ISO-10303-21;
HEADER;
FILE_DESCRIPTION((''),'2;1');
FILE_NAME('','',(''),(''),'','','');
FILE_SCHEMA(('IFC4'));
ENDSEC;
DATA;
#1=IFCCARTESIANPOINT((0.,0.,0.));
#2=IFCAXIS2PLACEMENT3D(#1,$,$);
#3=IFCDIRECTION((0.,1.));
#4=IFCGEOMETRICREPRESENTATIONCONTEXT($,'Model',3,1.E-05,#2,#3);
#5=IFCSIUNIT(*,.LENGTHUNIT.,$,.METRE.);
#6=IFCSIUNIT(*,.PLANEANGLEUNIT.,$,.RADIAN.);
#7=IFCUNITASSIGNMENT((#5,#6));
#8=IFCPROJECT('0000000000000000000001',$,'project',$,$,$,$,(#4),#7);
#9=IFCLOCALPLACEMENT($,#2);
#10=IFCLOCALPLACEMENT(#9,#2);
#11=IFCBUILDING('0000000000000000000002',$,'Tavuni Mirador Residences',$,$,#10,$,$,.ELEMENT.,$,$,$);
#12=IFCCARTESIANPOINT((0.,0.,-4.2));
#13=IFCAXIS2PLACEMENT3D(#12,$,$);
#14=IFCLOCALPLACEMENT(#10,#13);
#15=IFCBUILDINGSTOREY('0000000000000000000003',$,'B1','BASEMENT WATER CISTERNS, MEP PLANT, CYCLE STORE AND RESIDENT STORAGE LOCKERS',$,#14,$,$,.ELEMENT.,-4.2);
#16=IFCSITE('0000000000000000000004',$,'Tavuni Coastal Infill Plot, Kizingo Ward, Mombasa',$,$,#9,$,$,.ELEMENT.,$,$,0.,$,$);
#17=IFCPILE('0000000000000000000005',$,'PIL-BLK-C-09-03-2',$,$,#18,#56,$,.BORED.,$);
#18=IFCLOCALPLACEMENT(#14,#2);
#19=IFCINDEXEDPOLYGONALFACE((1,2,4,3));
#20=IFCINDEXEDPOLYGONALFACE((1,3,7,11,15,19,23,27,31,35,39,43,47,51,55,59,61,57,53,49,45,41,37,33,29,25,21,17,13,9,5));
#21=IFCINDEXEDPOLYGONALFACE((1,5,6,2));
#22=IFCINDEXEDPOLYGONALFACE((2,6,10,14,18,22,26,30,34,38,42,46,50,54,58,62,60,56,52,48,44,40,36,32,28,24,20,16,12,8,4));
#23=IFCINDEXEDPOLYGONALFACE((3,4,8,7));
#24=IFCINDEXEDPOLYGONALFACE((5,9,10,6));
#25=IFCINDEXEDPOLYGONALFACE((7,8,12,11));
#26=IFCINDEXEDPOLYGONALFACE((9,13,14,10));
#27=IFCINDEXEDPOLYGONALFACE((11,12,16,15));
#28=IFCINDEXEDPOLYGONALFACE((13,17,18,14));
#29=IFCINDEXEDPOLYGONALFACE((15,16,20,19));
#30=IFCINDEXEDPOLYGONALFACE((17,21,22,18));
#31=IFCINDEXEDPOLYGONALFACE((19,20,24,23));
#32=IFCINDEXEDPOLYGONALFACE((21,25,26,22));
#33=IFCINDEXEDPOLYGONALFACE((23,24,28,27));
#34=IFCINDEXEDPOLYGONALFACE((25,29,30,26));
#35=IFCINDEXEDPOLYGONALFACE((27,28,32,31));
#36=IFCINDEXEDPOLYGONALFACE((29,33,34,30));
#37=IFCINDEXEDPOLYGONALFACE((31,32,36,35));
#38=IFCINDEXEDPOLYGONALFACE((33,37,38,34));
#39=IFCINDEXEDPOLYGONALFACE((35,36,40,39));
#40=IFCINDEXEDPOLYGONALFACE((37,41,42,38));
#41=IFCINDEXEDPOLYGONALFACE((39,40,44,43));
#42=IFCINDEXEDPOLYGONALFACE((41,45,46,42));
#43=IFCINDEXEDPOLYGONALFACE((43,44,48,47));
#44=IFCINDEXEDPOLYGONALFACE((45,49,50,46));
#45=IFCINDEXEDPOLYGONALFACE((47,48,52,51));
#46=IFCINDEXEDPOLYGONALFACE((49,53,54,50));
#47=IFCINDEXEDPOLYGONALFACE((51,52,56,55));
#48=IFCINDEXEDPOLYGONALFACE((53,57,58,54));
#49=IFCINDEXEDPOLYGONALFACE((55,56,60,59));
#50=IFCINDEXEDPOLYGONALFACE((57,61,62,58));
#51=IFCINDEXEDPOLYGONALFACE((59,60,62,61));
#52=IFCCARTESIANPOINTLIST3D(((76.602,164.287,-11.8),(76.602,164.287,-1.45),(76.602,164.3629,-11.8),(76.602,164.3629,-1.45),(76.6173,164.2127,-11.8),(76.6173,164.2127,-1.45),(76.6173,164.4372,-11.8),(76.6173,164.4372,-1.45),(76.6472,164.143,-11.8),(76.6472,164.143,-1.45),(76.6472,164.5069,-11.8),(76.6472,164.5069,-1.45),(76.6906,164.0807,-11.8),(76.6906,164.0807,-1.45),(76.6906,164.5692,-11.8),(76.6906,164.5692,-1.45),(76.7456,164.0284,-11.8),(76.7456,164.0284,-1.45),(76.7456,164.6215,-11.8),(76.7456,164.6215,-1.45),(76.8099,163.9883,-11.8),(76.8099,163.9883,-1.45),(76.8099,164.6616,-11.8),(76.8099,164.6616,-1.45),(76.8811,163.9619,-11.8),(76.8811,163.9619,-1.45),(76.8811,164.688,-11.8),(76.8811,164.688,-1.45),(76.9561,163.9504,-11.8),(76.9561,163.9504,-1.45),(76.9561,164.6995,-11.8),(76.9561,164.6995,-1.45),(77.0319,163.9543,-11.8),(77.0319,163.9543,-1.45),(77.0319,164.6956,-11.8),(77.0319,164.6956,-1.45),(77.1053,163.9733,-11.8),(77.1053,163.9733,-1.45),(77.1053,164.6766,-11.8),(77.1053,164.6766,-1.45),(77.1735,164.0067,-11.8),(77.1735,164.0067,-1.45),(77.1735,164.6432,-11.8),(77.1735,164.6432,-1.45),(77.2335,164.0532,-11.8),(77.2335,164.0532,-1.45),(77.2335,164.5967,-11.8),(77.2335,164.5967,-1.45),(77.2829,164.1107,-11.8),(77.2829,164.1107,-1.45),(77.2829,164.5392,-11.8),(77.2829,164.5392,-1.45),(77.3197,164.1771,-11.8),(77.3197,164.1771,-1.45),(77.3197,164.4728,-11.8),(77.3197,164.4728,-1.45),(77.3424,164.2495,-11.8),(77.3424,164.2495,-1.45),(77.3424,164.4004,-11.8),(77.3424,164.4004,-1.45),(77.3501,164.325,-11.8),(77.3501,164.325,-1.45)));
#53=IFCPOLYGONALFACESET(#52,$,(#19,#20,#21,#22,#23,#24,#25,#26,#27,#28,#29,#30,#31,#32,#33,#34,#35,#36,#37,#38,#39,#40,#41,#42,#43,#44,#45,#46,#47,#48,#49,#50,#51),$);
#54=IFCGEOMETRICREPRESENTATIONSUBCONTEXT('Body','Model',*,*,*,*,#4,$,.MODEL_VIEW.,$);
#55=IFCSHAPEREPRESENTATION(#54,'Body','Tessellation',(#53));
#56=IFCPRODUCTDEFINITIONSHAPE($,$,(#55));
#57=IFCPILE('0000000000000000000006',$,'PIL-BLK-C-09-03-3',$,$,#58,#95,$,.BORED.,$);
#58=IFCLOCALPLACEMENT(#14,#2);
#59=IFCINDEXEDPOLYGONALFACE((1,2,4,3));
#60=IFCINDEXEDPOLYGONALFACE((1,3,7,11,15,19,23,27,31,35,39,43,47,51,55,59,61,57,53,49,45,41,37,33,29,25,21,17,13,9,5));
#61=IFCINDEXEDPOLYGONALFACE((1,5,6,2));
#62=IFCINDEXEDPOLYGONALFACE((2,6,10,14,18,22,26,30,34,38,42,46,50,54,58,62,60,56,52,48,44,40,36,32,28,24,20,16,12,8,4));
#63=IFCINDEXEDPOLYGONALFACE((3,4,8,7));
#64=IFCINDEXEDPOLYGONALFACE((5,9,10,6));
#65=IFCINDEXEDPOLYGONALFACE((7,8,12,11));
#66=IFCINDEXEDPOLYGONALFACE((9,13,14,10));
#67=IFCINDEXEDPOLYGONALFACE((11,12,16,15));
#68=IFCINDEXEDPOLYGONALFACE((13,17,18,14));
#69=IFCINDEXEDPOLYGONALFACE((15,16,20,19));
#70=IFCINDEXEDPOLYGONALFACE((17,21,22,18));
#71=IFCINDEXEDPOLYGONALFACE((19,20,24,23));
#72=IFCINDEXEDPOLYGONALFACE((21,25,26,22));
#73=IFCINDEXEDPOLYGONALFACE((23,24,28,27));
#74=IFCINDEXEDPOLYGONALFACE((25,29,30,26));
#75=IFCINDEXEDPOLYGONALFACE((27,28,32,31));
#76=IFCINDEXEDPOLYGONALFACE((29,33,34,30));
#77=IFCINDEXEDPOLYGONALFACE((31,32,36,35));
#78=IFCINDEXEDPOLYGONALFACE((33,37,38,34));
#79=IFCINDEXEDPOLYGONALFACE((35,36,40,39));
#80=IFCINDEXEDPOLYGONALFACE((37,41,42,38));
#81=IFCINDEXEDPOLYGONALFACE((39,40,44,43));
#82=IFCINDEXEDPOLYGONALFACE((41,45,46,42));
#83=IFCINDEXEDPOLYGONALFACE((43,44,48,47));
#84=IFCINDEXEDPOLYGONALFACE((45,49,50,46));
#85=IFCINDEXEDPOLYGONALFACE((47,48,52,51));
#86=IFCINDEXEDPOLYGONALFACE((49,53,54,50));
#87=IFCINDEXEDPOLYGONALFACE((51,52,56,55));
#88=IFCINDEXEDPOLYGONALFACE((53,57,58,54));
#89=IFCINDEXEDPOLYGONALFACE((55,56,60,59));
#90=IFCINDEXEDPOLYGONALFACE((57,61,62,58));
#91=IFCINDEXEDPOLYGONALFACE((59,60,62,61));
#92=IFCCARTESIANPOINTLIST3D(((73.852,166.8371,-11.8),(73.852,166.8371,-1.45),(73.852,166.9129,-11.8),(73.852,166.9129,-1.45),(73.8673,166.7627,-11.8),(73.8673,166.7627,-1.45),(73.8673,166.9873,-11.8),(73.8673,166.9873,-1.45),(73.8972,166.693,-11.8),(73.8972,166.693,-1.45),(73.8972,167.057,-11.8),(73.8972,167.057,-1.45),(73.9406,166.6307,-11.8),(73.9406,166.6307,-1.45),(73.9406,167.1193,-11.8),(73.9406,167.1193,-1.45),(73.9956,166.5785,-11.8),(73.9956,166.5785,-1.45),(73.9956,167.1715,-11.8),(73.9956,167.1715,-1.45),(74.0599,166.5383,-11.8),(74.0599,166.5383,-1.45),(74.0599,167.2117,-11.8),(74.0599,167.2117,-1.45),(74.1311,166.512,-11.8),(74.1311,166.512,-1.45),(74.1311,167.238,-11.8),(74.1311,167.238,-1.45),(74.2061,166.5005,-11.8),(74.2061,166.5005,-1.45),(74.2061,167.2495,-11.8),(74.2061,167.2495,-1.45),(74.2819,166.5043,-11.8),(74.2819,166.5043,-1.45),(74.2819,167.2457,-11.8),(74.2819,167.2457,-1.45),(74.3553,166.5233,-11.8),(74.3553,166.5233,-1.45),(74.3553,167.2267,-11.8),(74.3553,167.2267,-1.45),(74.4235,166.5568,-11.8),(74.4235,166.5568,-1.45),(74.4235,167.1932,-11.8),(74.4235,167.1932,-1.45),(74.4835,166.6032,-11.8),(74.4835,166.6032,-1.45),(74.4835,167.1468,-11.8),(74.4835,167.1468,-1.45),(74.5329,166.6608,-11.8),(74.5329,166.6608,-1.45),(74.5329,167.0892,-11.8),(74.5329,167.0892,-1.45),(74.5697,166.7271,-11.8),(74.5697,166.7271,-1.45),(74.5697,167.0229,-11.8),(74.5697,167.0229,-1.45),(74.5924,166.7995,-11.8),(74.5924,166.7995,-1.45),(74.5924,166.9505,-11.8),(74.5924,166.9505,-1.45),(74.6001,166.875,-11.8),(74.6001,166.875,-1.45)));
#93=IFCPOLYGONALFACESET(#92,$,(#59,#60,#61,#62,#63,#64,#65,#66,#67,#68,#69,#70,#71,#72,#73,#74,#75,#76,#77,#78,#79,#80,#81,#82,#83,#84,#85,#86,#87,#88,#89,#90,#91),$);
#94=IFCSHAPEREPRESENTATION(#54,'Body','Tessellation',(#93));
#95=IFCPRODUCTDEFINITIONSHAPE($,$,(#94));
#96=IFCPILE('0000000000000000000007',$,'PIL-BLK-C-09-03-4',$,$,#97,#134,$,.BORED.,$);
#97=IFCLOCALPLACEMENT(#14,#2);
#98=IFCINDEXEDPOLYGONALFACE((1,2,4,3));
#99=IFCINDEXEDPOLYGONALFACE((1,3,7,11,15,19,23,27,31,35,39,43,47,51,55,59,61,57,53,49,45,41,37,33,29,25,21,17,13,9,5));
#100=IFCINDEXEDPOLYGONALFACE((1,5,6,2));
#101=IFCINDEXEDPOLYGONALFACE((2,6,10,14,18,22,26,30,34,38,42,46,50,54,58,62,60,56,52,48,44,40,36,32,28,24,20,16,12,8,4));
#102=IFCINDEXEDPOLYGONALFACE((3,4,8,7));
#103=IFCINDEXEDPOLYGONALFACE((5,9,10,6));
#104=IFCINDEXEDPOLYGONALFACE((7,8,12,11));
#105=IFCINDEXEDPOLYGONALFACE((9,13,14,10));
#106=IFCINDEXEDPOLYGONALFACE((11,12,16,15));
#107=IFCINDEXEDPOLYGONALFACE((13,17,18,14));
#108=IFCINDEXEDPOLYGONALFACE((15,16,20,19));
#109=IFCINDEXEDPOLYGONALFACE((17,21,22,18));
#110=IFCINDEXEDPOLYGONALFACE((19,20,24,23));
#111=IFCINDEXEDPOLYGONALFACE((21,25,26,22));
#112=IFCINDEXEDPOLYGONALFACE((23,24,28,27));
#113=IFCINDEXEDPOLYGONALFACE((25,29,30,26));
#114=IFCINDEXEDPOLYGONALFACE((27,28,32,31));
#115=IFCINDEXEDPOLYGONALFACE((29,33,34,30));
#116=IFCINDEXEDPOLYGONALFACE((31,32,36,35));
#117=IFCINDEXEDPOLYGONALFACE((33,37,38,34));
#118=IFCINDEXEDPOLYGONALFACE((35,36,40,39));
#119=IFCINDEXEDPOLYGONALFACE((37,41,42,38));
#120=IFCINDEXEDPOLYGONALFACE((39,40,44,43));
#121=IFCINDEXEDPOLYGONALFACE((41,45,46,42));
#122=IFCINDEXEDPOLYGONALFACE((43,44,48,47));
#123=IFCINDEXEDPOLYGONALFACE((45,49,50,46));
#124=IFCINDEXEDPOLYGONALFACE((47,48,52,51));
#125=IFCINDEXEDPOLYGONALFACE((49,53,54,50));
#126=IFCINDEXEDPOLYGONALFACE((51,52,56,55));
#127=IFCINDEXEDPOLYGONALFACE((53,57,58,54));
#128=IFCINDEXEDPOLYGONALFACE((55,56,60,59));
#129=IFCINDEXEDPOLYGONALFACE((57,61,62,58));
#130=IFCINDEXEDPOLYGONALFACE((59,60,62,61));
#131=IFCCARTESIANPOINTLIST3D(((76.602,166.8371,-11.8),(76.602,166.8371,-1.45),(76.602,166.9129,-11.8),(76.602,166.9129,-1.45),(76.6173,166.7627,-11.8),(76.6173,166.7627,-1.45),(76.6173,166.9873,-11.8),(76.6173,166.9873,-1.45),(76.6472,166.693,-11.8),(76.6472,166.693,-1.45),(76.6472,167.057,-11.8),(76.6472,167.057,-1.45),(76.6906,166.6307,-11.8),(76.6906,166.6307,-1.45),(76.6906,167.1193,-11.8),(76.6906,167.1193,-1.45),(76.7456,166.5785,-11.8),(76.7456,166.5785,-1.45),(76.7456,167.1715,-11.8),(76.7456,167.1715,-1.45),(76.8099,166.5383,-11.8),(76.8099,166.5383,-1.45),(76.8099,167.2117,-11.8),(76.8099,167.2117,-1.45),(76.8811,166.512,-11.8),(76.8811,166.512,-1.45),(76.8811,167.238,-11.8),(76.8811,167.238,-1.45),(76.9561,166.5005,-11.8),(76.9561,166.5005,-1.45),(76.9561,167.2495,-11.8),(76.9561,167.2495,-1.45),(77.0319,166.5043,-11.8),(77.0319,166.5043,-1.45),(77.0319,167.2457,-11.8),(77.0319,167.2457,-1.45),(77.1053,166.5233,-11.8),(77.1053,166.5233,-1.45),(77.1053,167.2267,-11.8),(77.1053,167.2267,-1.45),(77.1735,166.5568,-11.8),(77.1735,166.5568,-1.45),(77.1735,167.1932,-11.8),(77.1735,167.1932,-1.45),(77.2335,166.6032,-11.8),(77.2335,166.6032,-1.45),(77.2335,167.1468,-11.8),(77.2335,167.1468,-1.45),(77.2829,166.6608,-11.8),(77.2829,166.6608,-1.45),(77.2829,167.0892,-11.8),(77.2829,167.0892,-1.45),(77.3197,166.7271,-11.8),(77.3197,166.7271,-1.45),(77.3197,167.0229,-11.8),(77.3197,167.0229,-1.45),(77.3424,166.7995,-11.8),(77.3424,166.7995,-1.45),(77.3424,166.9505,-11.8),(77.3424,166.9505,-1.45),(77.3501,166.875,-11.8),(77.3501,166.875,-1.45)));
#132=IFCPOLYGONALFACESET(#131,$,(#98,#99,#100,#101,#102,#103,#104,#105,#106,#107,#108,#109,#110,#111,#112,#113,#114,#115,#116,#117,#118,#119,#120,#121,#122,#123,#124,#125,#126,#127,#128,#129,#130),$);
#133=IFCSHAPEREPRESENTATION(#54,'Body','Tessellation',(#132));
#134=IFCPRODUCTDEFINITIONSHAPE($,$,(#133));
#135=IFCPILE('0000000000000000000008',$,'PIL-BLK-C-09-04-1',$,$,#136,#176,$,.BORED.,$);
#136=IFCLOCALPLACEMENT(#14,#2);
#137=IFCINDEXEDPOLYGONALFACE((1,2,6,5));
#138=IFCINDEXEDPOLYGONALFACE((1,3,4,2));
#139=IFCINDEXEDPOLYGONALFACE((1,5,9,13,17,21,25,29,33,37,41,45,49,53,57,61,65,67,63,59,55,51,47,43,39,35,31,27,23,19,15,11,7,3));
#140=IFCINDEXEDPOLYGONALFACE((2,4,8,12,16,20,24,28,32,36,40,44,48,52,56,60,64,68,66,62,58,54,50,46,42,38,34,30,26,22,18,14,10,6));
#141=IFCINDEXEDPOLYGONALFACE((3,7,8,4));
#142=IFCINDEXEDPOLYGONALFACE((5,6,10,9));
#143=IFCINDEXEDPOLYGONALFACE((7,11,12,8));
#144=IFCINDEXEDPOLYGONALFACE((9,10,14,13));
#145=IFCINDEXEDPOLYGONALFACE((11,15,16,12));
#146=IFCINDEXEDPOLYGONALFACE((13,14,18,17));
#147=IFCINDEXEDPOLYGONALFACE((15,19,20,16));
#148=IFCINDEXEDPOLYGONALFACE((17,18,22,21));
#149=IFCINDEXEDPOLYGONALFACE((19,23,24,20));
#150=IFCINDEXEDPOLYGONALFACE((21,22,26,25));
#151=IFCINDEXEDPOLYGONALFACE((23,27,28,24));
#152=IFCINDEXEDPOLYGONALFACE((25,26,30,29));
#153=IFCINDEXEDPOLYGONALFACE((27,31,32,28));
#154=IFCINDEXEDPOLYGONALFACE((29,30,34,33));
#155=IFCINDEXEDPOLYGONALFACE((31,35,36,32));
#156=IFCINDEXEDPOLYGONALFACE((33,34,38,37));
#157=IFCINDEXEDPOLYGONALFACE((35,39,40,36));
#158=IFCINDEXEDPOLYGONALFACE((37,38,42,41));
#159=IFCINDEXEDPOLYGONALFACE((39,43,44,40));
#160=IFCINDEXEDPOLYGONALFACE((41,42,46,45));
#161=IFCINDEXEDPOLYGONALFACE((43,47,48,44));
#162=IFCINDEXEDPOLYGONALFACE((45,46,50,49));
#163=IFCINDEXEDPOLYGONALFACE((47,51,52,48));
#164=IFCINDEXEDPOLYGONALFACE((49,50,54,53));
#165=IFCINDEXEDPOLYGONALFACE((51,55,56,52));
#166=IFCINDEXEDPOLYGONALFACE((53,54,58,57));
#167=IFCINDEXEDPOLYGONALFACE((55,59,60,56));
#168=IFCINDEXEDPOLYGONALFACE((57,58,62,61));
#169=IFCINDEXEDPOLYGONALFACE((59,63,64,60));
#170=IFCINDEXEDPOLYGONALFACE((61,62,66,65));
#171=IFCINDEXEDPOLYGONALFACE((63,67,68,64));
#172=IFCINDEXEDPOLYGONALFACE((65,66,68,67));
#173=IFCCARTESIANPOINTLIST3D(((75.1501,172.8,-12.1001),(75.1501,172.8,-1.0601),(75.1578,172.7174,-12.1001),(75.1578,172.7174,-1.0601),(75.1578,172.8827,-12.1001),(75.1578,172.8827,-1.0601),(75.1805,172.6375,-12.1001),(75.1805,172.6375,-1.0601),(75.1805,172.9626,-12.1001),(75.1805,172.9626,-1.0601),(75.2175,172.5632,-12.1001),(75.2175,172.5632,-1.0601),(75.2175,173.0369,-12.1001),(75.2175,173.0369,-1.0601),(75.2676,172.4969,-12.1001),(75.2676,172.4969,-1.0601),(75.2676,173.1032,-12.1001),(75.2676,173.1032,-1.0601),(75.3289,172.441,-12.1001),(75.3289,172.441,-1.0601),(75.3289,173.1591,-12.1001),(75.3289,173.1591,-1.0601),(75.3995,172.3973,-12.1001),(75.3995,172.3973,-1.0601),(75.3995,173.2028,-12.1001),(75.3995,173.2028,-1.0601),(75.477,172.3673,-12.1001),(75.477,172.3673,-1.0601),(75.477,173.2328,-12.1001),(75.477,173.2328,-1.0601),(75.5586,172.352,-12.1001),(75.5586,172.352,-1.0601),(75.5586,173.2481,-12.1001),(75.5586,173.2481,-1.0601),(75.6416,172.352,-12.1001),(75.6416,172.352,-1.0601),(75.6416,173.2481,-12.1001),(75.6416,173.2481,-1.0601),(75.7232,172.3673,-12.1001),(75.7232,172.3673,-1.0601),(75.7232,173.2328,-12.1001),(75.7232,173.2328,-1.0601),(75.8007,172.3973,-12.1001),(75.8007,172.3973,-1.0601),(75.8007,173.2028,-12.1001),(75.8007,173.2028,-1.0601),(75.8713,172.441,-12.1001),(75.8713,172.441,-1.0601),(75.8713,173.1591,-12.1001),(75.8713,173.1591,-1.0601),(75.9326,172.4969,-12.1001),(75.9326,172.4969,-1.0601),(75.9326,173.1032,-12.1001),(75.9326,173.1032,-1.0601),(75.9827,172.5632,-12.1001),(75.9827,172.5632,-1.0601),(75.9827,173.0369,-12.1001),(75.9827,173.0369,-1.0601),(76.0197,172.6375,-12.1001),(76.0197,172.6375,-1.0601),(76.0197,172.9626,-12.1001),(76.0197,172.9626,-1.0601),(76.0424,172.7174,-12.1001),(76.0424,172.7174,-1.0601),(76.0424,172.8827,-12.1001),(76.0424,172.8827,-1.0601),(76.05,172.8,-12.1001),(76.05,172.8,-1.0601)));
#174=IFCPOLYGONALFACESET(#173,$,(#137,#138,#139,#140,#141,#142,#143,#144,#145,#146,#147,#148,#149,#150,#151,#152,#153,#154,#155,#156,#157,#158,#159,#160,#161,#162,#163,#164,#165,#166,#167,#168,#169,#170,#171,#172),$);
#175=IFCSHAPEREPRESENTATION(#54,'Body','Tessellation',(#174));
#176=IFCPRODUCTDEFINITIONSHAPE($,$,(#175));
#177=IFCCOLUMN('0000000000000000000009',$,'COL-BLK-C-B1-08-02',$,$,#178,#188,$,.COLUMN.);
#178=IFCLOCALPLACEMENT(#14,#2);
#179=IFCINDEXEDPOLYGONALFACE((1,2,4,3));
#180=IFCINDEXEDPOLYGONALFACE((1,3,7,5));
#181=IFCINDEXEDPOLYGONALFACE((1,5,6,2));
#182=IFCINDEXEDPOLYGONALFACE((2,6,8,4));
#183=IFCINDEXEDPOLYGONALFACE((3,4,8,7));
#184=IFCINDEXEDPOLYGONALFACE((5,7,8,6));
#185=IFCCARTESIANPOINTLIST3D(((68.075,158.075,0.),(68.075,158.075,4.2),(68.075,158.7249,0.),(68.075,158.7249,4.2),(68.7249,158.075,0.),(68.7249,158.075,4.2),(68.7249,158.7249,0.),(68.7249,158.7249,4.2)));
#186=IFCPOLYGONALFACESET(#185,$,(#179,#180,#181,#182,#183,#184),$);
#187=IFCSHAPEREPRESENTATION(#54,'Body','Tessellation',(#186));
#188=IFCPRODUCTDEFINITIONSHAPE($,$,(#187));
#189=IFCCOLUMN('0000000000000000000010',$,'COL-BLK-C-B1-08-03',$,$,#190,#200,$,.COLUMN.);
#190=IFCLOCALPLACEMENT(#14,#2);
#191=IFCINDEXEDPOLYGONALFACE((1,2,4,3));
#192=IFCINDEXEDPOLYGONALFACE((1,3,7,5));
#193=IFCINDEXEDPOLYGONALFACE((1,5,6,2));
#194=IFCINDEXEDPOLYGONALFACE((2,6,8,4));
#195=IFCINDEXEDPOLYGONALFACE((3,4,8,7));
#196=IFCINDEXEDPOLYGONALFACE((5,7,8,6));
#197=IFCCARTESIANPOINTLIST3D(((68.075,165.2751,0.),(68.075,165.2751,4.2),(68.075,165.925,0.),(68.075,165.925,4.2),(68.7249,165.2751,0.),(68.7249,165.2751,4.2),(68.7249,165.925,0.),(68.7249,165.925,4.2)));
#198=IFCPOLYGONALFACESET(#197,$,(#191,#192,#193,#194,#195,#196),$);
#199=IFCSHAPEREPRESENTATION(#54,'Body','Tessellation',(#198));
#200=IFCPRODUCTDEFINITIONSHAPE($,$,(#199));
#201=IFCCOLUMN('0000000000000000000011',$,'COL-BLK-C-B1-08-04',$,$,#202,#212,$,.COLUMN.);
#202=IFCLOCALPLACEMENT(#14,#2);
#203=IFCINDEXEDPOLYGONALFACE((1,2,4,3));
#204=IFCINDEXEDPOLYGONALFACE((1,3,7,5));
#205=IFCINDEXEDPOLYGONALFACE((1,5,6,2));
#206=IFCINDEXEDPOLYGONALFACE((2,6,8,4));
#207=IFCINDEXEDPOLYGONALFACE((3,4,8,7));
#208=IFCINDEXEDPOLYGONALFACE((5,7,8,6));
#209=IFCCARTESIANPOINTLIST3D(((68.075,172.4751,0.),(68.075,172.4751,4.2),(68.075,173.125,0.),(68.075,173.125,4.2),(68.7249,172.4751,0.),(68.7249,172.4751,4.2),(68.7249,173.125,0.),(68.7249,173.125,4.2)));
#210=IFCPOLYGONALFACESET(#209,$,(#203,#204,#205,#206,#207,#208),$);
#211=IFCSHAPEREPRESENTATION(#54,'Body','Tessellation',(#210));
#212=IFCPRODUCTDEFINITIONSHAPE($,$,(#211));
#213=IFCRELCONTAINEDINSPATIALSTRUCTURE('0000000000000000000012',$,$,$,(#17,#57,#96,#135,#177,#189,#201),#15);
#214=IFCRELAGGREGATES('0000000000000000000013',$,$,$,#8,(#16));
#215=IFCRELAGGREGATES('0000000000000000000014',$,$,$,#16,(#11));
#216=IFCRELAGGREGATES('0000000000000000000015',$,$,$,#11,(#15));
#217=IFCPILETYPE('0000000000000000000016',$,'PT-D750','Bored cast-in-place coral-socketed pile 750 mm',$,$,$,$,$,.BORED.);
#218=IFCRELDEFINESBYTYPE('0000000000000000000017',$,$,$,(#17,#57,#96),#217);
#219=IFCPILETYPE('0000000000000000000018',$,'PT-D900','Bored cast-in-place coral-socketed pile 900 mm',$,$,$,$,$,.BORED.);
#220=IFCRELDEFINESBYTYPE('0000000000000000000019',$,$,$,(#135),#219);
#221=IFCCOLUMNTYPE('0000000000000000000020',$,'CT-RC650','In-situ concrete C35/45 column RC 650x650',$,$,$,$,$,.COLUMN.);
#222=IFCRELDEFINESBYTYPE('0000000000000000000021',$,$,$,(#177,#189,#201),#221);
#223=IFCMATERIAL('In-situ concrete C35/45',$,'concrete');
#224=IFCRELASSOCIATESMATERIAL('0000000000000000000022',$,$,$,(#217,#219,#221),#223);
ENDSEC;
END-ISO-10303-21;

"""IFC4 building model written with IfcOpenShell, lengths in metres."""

from ifc_helpers import new_model, si_unit, direction, frame, origin, origin_2d, place, context, subcontext, project, spatial, rectangle, circle, extrude, material, material_profile, profile_set, type_object, element, save


model = new_model("IFC4")

# Units and contexts
model_context = context("Model", 3, precision=1e-05, world=origin(), true_north=direction((0.0, 1.0)))
body_context = subcontext(model_context, "Body", "Model", "MODEL_VIEW")
ifc_project = project(units=[si_unit("LENGTHUNIT", "METRE"), si_unit("PLANEANGLEUNIT", "RADIAN")], contexts=[model_context])

# Site, building, storey
site_placement = place(None, origin())
site = spatial("IfcSite", under=ifc_project, at=site_placement, Name="Tavuni Coastal Infill Plot, Kizingo Ward, Mombasa", CompositionType="ELEMENT", RefElevation=0.0)
building_placement = place(site_placement, origin())
building = spatial("IfcBuilding", under=site, at=building_placement, Name="Tavuni Mirador Residences", CompositionType="ELEMENT")
storey_placement = place(building_placement, frame((0.0, 0.0, -4.2)))
storey = spatial("IfcBuildingStorey", under=building, at=storey_placement, Name="B1", Description="BASEMENT WATER CISTERNS, MEP PLANT, CYCLE STORE AND RESIDENT STORAGE LOCKERS", CompositionType="ELEMENT", Elevation=-4.2)

# Shared definitions
ifc_material_1 = material(Name="In-situ concrete C35/45", Category="concrete")

# Piles
ifc_material_profile_1 = material_profile(ifc_material_1, circle(Radius=0.375, at=origin_2d()), Name="PILE D750", Category="concrete")
ifc_profile_set_1 = profile_set([ifc_material_profile_1], Name="In-situ concrete C35/45")
pile_type_1 = type_object("IfcPileType", Name="PT-D750", Description="Bored cast-in-place coral-socketed pile 750 mm", PredefinedType="BORED", material=ifc_profile_set_1)
for number, where, z_axis, x_axis, name in (
    (1, (76.9751, 164.325, -1.45), (0.0, 0.0, -1.0), (1.0, 0.0, 0.0), "PIL-BLK-C-09-03-2"),
    (2, (74.2251, 166.875, -1.45), (0.0, 0.0, -1.0), (1.0, 0.0, 0.0), "PIL-BLK-C-09-03-3"),
    (3, (76.9751, 166.875, -1.45), (0.0, 0.0, -1.0), (1.0, 0.0, 0.0), "PIL-BLK-C-09-03-4"),
):
    element("IfcPile", number, at=place(storey_placement, frame(where, z_axis=z_axis, x_axis=x_axis)), inside=storey, type_object=pile_type_1, Name=name, PredefinedType="BORED", context=body_context, shape_type="SweptSolid", body=[
        extrude(circle(Radius=0.375, at=origin_2d()), origin(), (0.0, 0.0, 1.0), 10.3501),
    ])
ifc_material_profile_2 = material_profile(ifc_material_1, circle(Radius=0.45, at=origin_2d()), Name="PILE D900", Category="concrete")
ifc_profile_set_2 = profile_set([ifc_material_profile_2], Name="In-situ concrete C35/45")
pile_type_2 = type_object("IfcPileType", Name="PT-D900", Description="Bored cast-in-place coral-socketed pile 900 mm", PredefinedType="BORED", material=ifc_profile_set_2)
pile_1_placement = place(storey_placement, frame((75.6001, 172.8, -1.0601), z_axis=(0.0, 0.0, -1.0), x_axis=(1.0, 0.0, 0.0)))
element("IfcPile", 4, at=pile_1_placement, inside=storey, type_object=pile_type_2, Name="PIL-BLK-C-09-04-1", PredefinedType="BORED", context=body_context, shape_type="SweptSolid", body=[
    extrude(circle(Radius=0.45, at=origin_2d()), origin(), (0.0, 0.0, 1.0), 11.04),
])

# Columns
ifc_material_profile_3 = material_profile(ifc_material_1, rectangle(XDim=0.6499, YDim=0.6499, at=origin_2d()), Name="RC 650x650", Category="concrete")
ifc_profile_set_3 = profile_set([ifc_material_profile_3], Name="In-situ concrete C35/45")
column_type = type_object("IfcColumnType", Name="CT-RC650", Description="In-situ concrete C35/45 column RC 650x650", PredefinedType="COLUMN", material=ifc_profile_set_3)
for number, where, z_axis, x_axis, name in (
    (5, (68.3999, 158.3999, 0.0), (0.0, 0.0, 1.0), (1.0, 0.0, 0.0), "COL-BLK-C-B1-08-02"),
    (6, (68.3999, 165.6001, 0.0), (0.0, 0.0, 1.0), (1.0, 0.0, 0.0), "COL-BLK-C-B1-08-03"),
    (7, (68.3999, 172.8, 0.0), (0.0, 0.0, 1.0), (1.0, 0.0, 0.0), "COL-BLK-C-B1-08-04"),
):
    element("IfcColumn", number, at=place(storey_placement, frame(where, z_axis=z_axis, x_axis=x_axis)), inside=storey, type_object=column_type, Name=name, PredefinedType="COLUMN", context=body_context, shape_type="SweptSolid", body=[
        extrude(rectangle(XDim=0.6499, YDim=0.6499, at=origin_2d()), origin(), (0.0, 0.0, 1.0), 4.2),
    ])

save(model, "model.ifc")
